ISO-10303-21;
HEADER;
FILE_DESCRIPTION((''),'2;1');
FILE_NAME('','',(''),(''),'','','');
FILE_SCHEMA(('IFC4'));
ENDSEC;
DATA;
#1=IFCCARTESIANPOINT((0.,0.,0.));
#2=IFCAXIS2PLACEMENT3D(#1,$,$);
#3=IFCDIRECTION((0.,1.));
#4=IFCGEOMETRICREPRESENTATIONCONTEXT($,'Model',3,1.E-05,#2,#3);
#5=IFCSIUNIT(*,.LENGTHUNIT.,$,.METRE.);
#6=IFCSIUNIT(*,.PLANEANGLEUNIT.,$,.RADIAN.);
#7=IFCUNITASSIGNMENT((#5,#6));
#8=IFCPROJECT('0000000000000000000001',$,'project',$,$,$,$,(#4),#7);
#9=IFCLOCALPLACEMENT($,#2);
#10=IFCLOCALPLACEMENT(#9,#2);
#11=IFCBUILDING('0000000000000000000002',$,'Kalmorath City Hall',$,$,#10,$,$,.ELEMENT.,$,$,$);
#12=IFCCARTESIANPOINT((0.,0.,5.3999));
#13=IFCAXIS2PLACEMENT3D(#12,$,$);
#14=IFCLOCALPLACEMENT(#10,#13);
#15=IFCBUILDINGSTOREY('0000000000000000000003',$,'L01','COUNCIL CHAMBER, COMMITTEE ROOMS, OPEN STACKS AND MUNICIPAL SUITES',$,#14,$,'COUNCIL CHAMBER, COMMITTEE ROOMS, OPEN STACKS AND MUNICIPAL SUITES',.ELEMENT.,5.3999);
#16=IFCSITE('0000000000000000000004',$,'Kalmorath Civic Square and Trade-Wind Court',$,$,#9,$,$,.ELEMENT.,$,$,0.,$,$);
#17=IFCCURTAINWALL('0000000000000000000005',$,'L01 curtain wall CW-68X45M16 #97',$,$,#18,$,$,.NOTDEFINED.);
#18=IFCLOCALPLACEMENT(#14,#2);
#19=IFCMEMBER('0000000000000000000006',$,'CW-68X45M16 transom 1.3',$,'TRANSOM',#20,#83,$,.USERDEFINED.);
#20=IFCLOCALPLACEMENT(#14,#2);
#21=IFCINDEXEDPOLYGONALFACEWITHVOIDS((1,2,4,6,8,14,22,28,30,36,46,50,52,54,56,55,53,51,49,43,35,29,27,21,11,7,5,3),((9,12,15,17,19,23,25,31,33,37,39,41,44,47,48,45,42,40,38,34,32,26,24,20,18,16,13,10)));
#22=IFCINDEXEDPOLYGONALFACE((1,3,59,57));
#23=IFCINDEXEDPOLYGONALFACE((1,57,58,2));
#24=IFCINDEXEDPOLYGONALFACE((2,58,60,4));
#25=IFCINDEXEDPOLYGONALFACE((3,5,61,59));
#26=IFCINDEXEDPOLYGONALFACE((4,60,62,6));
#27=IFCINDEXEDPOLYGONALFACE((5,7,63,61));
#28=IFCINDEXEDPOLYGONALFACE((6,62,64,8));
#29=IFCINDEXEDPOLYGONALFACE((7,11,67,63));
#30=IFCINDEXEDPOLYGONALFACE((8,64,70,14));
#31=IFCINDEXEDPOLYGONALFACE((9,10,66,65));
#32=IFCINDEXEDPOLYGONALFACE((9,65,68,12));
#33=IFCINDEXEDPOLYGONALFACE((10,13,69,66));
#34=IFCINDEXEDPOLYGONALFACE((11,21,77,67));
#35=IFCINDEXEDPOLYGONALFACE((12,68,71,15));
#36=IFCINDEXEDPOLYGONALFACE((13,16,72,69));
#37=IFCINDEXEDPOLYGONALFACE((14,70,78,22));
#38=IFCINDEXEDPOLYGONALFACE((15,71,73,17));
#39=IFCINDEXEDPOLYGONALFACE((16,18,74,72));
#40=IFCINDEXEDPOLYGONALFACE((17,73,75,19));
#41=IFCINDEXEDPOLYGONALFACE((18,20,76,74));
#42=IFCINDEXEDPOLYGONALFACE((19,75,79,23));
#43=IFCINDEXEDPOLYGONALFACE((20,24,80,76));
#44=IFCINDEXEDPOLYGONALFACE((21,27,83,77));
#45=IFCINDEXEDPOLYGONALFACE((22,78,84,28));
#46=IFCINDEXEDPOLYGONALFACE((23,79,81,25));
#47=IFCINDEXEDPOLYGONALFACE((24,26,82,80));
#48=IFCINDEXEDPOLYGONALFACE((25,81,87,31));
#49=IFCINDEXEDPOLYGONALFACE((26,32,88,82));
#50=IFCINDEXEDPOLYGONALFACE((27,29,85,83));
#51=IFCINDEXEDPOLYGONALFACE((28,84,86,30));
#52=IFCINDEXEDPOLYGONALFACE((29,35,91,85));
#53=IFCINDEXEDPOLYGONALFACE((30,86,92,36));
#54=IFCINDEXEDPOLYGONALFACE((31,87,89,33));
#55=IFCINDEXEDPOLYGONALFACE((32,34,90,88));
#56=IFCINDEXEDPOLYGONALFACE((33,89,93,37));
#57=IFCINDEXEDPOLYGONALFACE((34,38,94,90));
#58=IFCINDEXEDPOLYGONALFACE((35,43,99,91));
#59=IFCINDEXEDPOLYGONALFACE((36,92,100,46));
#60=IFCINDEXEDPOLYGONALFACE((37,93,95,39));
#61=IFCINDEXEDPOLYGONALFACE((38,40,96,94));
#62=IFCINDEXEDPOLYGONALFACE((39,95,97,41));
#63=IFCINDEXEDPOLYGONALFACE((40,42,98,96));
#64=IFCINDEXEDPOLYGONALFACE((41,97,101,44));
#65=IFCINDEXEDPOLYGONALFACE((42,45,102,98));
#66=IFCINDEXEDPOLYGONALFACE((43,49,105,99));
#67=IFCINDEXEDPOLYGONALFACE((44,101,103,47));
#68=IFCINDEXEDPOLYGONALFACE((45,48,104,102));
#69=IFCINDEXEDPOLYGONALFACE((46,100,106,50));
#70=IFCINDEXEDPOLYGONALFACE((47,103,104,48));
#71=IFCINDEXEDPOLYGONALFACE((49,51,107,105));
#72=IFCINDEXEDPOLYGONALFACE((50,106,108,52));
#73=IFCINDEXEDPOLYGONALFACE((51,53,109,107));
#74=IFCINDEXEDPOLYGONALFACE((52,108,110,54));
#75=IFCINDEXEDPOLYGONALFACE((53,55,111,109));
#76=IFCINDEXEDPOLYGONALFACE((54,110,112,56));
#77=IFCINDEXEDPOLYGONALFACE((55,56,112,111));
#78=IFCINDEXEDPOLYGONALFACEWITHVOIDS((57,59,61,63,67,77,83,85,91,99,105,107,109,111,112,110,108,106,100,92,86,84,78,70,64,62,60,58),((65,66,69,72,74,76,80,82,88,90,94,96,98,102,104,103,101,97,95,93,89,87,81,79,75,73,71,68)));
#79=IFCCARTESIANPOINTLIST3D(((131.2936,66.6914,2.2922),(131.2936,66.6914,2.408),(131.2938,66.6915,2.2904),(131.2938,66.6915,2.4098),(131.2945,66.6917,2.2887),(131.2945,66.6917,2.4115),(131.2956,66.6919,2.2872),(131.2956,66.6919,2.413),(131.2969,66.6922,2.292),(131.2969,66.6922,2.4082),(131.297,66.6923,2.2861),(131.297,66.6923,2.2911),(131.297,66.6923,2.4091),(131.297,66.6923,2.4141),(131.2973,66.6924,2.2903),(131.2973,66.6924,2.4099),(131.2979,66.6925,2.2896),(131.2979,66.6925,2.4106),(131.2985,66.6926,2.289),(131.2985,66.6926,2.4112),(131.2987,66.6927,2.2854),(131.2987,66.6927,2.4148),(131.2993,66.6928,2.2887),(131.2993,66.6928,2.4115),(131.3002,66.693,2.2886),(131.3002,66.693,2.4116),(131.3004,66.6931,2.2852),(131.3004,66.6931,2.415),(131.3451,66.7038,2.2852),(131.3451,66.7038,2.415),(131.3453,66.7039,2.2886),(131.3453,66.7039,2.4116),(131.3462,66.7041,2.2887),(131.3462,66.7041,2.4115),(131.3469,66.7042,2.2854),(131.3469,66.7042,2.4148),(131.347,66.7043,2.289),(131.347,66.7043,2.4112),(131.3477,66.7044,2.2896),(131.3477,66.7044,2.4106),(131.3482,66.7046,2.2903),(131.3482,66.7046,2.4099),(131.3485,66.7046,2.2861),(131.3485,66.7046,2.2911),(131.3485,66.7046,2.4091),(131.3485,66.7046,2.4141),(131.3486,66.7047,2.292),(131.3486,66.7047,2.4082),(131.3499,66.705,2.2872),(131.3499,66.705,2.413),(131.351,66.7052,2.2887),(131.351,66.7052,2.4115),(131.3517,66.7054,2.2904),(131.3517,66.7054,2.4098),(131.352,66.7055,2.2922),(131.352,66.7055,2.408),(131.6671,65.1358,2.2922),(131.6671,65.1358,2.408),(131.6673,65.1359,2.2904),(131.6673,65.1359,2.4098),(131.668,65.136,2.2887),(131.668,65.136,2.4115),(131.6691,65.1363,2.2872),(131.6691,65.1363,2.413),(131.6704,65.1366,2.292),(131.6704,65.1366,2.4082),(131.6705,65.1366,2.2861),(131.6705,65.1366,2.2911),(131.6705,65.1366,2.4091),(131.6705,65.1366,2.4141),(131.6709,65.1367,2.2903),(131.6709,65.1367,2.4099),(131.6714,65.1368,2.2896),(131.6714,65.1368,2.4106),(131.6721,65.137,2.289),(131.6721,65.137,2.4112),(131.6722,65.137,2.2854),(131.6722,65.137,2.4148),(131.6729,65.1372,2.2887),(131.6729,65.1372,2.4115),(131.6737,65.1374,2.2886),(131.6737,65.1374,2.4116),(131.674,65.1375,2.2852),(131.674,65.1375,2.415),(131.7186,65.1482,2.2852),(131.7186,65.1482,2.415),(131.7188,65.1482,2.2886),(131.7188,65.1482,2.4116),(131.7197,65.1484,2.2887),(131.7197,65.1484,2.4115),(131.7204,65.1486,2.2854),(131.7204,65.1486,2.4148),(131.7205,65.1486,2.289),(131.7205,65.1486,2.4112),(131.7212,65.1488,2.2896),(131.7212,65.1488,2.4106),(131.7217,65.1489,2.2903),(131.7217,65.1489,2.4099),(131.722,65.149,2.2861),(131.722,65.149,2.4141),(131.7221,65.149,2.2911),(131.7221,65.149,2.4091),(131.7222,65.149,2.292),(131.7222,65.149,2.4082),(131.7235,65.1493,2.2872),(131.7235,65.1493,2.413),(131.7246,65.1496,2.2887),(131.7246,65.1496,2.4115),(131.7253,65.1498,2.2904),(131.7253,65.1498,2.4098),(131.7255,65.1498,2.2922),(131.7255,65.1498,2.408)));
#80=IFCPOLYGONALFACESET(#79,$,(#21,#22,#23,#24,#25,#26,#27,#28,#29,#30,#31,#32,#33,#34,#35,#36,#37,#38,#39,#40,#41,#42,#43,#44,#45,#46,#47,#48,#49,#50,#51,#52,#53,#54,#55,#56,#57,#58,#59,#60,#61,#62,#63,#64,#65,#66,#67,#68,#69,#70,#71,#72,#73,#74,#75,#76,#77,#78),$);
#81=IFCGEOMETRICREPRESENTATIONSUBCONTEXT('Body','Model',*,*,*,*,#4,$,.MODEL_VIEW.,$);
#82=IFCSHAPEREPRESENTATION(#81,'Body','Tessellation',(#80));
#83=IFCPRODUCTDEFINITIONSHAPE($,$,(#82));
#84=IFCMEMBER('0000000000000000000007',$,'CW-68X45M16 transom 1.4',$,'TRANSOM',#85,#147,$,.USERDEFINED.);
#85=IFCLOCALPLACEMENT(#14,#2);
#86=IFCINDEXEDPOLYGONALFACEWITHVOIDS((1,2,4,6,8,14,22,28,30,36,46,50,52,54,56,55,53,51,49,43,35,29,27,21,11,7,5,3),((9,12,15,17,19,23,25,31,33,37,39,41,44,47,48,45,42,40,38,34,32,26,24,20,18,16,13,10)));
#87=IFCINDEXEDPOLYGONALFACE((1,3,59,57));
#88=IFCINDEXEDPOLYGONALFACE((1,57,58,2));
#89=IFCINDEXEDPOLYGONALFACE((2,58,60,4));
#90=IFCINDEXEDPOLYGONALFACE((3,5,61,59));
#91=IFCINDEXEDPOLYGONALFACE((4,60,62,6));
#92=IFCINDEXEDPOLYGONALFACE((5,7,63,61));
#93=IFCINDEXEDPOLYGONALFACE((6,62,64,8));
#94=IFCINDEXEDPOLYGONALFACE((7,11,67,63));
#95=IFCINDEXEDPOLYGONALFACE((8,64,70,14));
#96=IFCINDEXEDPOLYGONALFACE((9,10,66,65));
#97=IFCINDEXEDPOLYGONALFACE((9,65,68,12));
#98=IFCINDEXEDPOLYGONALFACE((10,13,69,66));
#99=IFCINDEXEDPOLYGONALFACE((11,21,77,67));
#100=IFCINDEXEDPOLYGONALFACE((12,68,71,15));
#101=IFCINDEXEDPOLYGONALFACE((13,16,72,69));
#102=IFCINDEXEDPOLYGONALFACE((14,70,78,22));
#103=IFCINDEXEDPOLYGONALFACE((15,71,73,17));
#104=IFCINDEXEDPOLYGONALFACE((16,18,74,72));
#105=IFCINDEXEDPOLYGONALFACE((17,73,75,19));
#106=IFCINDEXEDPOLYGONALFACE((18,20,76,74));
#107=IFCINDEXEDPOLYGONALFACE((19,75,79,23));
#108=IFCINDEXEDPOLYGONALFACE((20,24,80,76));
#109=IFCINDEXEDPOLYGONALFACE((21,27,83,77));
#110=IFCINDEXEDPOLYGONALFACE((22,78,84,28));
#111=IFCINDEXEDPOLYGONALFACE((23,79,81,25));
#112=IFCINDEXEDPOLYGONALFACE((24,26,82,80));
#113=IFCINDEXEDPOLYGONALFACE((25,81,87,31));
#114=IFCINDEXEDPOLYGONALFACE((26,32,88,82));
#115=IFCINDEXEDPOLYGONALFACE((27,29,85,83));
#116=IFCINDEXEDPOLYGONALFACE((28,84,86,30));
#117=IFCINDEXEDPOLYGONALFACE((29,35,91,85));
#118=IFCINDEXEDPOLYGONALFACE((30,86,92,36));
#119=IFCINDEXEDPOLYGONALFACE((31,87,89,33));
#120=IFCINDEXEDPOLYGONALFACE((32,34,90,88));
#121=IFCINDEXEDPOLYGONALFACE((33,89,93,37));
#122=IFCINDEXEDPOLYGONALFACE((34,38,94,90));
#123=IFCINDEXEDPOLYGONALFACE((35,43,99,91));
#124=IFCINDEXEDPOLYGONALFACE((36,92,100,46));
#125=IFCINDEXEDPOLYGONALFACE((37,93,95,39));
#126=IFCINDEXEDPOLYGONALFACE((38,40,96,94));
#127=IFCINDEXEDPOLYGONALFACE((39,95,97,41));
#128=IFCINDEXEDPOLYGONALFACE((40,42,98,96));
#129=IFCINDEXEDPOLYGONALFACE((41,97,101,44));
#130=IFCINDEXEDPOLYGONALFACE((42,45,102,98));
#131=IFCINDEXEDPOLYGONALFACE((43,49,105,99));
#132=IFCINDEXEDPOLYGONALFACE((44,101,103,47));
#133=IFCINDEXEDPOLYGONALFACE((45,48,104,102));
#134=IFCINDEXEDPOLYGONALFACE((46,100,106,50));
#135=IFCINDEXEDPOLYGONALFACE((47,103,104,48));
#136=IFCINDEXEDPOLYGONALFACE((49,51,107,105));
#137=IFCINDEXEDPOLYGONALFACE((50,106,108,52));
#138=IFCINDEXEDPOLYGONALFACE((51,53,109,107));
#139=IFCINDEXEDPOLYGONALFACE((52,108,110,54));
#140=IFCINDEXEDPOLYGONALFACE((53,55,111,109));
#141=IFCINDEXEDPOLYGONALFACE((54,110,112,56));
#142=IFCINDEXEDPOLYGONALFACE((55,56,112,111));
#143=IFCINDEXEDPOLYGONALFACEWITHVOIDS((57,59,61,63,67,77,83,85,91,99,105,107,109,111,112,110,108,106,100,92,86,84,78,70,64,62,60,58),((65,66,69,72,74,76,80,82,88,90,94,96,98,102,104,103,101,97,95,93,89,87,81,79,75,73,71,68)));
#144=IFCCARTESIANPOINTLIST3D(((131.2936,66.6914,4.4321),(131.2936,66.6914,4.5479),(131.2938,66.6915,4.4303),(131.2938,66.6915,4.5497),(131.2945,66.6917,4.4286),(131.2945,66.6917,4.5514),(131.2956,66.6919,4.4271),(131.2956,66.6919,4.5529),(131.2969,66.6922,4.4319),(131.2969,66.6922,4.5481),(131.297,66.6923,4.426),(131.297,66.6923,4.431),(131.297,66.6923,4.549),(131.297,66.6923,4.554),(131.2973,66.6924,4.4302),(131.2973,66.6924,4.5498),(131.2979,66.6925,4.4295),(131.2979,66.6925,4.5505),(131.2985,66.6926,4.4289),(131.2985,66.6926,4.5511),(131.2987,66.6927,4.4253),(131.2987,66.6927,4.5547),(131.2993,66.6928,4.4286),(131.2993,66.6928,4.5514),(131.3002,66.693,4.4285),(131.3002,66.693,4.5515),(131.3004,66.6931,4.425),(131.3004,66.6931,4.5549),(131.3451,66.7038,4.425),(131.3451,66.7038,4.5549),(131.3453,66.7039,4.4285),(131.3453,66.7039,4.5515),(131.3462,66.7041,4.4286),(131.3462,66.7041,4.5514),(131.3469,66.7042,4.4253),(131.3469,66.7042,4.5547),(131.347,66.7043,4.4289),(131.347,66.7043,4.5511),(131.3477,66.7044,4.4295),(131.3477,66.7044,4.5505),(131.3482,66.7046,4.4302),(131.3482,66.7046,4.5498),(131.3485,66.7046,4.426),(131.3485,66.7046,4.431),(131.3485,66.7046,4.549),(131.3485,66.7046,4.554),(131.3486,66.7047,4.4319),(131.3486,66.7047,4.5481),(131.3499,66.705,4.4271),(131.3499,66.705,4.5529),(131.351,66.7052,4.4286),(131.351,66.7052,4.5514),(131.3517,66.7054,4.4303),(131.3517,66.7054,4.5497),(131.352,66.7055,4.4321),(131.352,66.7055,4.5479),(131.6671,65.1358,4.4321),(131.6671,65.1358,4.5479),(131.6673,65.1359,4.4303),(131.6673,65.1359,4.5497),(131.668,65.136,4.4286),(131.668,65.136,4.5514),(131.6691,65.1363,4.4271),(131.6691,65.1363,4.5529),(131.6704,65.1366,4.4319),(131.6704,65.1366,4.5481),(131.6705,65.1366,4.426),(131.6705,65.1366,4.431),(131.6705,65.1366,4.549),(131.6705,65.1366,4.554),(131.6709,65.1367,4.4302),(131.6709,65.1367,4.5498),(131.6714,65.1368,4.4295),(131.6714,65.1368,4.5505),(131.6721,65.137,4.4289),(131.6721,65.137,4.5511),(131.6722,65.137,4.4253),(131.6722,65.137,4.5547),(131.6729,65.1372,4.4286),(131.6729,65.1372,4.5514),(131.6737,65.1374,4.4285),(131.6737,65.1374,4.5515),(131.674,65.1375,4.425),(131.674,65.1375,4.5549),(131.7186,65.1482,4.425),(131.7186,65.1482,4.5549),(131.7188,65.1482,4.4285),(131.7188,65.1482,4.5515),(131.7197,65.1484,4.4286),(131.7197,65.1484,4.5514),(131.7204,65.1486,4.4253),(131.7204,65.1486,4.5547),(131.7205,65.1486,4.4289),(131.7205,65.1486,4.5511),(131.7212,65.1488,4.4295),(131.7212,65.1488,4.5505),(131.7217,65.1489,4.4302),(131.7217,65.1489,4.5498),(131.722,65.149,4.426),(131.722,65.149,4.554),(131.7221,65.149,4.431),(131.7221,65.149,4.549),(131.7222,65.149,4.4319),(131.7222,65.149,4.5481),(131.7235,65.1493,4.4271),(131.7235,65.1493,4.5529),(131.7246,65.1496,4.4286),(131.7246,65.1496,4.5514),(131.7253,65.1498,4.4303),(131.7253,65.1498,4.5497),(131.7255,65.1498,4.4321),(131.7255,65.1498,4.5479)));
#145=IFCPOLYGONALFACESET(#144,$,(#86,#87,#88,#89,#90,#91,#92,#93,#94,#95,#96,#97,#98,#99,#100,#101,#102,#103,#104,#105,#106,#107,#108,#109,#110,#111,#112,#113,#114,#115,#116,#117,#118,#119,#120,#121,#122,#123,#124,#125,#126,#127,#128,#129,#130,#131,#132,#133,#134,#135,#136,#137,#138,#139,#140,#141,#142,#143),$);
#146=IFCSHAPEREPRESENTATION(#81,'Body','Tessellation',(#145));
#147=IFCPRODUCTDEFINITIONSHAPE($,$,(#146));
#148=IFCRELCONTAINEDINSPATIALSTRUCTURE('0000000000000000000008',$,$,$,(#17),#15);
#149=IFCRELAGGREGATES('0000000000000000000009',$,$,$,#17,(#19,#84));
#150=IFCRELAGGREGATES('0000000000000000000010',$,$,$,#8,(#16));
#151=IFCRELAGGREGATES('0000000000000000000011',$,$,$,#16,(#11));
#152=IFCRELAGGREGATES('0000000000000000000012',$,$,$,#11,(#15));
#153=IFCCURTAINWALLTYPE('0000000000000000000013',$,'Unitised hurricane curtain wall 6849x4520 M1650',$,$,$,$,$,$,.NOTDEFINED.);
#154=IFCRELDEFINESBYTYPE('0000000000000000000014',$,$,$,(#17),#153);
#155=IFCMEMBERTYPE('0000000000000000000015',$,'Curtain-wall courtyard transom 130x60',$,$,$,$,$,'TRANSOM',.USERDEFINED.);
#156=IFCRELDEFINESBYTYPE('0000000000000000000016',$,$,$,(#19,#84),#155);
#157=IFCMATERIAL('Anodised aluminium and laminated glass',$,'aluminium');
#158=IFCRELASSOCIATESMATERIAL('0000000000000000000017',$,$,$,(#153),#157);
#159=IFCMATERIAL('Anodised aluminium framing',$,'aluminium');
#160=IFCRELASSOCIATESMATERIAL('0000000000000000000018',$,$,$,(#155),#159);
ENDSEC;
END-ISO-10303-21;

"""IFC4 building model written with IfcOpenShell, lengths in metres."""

from ifc_helpers import new_model, si_unit, direction, frame, origin, origin_2d, place, context, subcontext, project, spatial, hollow_rectangle, extrude, material, material_profile, profile_set, type_object, element, aggregate, save


model = new_model("IFC4")

# Units and contexts
model_context = context("Model", 3, precision=1e-05, world=origin(), true_north=direction((0.0, 1.0)))
body_context = subcontext(model_context, "Body", "Model", "MODEL_VIEW")
ifc_project = project(units=[si_unit("LENGTHUNIT", "METRE"), si_unit("PLANEANGLEUNIT", "RADIAN")], contexts=[model_context])

# Site, building, storey
site_placement = place(None, origin())
site = spatial("IfcSite", under=ifc_project, at=site_placement, Name="Kalmorath Civic Square and Trade-Wind Court", CompositionType="ELEMENT", RefElevation=0.0)
building_placement = place(site_placement, origin())
building = spatial("IfcBuilding", under=site, at=building_placement, Name="Kalmorath City Hall", CompositionType="ELEMENT")
storey_placement = place(building_placement, frame((0.0, 0.0, 5.3999)))
storey = spatial("IfcBuildingStorey", under=building, at=storey_placement, Name="L01", Description="COUNCIL CHAMBER, COMMITTEE ROOMS, OPEN STACKS AND MUNICIPAL SUITES", LongName="COUNCIL CHAMBER, COMMITTEE ROOMS, OPEN STACKS AND MUNICIPAL SUITES", CompositionType="ELEMENT", Elevation=5.3999)

# Curtain wall, members
ifc_material_1 = material(Name="Anodised aluminium and laminated glass", Category="aluminium")
curtain_wall_type = type_object("IfcCurtainWallType", Name="Unitised hurricane curtain wall 6849x4520 M1650", PredefinedType="NOTDEFINED", material=ifc_material_1)
curtain_wall_1_placement = place(storey_placement, origin())
curtain_wall_1 = element("IfcCurtainWall", 1, at=curtain_wall_1_placement, inside=storey, type_object=curtain_wall_type, Name="L01 curtain wall CW-68X45M16 #97", PredefinedType="NOTDEFINED")
ifc_material_2 = material(Name="Anodised aluminium framing", Category="aluminium")
ifc_material_profile_1 = material_profile(ifc_material_2, hollow_rectangle(XDim=0.0601, YDim=0.1299, WallThickness=0.0034, InnerFilletRadius=0.0034, OuterFilletRadius=0.0071, at=origin_2d()), Name="ALU-TRN-130X60X3.5")
ifc_profile_set_1 = profile_set([ifc_material_profile_1], Name="Anodised aluminium framing")
member_type_1 = type_object("IfcMemberType", Name="Curtain-wall courtyard transom 130x60", ElementType="TRANSOM", PredefinedType="USERDEFINED", material=ifc_profile_set_1)
member_1_placement = place(storey_placement, frame((131.6963, 65.1428, 2.3501), z_axis=(-0.233477, 0.972362, 0.0), x_axis=(-0.972362, -0.233477, 0.0)))
member_1 = element("IfcMember", 2, at=member_1_placement, type_object=member_type_1, Name="CW-68X45M16 transom 1.3", ObjectType="TRANSOM", PredefinedType="USERDEFINED", context=body_context, shape_type="SweptSolid", body=[
    extrude(hollow_rectangle(XDim=0.0601, YDim=0.1299, WallThickness=0.0034, InnerFilletRadius=0.0034, OuterFilletRadius=0.0071, at=origin_2d()), origin(), (0.0, 0.0, 1.0), 1.5999),
])
member_2_placement = place(storey_placement, frame((131.6963, 65.1428, 4.49), z_axis=(-0.233477, 0.972362, 0.0), x_axis=(-0.972362, -0.233477, 0.0)))
member_2 = element("IfcMember", 3, at=member_2_placement, type_object=member_type_1, Name="CW-68X45M16 transom 1.4", ObjectType="TRANSOM", PredefinedType="USERDEFINED", context=body_context, shape_type="SweptSolid", body=[
    extrude(hollow_rectangle(XDim=0.0601, YDim=0.1299, WallThickness=0.0034, InnerFilletRadius=0.0034, OuterFilletRadius=0.0071, at=origin_2d()), origin(), (0.0, 0.0, 1.0), 1.5999),
])

aggregate(curtain_wall_1, [member_1, member_2])

save(model, "model.ifc")
